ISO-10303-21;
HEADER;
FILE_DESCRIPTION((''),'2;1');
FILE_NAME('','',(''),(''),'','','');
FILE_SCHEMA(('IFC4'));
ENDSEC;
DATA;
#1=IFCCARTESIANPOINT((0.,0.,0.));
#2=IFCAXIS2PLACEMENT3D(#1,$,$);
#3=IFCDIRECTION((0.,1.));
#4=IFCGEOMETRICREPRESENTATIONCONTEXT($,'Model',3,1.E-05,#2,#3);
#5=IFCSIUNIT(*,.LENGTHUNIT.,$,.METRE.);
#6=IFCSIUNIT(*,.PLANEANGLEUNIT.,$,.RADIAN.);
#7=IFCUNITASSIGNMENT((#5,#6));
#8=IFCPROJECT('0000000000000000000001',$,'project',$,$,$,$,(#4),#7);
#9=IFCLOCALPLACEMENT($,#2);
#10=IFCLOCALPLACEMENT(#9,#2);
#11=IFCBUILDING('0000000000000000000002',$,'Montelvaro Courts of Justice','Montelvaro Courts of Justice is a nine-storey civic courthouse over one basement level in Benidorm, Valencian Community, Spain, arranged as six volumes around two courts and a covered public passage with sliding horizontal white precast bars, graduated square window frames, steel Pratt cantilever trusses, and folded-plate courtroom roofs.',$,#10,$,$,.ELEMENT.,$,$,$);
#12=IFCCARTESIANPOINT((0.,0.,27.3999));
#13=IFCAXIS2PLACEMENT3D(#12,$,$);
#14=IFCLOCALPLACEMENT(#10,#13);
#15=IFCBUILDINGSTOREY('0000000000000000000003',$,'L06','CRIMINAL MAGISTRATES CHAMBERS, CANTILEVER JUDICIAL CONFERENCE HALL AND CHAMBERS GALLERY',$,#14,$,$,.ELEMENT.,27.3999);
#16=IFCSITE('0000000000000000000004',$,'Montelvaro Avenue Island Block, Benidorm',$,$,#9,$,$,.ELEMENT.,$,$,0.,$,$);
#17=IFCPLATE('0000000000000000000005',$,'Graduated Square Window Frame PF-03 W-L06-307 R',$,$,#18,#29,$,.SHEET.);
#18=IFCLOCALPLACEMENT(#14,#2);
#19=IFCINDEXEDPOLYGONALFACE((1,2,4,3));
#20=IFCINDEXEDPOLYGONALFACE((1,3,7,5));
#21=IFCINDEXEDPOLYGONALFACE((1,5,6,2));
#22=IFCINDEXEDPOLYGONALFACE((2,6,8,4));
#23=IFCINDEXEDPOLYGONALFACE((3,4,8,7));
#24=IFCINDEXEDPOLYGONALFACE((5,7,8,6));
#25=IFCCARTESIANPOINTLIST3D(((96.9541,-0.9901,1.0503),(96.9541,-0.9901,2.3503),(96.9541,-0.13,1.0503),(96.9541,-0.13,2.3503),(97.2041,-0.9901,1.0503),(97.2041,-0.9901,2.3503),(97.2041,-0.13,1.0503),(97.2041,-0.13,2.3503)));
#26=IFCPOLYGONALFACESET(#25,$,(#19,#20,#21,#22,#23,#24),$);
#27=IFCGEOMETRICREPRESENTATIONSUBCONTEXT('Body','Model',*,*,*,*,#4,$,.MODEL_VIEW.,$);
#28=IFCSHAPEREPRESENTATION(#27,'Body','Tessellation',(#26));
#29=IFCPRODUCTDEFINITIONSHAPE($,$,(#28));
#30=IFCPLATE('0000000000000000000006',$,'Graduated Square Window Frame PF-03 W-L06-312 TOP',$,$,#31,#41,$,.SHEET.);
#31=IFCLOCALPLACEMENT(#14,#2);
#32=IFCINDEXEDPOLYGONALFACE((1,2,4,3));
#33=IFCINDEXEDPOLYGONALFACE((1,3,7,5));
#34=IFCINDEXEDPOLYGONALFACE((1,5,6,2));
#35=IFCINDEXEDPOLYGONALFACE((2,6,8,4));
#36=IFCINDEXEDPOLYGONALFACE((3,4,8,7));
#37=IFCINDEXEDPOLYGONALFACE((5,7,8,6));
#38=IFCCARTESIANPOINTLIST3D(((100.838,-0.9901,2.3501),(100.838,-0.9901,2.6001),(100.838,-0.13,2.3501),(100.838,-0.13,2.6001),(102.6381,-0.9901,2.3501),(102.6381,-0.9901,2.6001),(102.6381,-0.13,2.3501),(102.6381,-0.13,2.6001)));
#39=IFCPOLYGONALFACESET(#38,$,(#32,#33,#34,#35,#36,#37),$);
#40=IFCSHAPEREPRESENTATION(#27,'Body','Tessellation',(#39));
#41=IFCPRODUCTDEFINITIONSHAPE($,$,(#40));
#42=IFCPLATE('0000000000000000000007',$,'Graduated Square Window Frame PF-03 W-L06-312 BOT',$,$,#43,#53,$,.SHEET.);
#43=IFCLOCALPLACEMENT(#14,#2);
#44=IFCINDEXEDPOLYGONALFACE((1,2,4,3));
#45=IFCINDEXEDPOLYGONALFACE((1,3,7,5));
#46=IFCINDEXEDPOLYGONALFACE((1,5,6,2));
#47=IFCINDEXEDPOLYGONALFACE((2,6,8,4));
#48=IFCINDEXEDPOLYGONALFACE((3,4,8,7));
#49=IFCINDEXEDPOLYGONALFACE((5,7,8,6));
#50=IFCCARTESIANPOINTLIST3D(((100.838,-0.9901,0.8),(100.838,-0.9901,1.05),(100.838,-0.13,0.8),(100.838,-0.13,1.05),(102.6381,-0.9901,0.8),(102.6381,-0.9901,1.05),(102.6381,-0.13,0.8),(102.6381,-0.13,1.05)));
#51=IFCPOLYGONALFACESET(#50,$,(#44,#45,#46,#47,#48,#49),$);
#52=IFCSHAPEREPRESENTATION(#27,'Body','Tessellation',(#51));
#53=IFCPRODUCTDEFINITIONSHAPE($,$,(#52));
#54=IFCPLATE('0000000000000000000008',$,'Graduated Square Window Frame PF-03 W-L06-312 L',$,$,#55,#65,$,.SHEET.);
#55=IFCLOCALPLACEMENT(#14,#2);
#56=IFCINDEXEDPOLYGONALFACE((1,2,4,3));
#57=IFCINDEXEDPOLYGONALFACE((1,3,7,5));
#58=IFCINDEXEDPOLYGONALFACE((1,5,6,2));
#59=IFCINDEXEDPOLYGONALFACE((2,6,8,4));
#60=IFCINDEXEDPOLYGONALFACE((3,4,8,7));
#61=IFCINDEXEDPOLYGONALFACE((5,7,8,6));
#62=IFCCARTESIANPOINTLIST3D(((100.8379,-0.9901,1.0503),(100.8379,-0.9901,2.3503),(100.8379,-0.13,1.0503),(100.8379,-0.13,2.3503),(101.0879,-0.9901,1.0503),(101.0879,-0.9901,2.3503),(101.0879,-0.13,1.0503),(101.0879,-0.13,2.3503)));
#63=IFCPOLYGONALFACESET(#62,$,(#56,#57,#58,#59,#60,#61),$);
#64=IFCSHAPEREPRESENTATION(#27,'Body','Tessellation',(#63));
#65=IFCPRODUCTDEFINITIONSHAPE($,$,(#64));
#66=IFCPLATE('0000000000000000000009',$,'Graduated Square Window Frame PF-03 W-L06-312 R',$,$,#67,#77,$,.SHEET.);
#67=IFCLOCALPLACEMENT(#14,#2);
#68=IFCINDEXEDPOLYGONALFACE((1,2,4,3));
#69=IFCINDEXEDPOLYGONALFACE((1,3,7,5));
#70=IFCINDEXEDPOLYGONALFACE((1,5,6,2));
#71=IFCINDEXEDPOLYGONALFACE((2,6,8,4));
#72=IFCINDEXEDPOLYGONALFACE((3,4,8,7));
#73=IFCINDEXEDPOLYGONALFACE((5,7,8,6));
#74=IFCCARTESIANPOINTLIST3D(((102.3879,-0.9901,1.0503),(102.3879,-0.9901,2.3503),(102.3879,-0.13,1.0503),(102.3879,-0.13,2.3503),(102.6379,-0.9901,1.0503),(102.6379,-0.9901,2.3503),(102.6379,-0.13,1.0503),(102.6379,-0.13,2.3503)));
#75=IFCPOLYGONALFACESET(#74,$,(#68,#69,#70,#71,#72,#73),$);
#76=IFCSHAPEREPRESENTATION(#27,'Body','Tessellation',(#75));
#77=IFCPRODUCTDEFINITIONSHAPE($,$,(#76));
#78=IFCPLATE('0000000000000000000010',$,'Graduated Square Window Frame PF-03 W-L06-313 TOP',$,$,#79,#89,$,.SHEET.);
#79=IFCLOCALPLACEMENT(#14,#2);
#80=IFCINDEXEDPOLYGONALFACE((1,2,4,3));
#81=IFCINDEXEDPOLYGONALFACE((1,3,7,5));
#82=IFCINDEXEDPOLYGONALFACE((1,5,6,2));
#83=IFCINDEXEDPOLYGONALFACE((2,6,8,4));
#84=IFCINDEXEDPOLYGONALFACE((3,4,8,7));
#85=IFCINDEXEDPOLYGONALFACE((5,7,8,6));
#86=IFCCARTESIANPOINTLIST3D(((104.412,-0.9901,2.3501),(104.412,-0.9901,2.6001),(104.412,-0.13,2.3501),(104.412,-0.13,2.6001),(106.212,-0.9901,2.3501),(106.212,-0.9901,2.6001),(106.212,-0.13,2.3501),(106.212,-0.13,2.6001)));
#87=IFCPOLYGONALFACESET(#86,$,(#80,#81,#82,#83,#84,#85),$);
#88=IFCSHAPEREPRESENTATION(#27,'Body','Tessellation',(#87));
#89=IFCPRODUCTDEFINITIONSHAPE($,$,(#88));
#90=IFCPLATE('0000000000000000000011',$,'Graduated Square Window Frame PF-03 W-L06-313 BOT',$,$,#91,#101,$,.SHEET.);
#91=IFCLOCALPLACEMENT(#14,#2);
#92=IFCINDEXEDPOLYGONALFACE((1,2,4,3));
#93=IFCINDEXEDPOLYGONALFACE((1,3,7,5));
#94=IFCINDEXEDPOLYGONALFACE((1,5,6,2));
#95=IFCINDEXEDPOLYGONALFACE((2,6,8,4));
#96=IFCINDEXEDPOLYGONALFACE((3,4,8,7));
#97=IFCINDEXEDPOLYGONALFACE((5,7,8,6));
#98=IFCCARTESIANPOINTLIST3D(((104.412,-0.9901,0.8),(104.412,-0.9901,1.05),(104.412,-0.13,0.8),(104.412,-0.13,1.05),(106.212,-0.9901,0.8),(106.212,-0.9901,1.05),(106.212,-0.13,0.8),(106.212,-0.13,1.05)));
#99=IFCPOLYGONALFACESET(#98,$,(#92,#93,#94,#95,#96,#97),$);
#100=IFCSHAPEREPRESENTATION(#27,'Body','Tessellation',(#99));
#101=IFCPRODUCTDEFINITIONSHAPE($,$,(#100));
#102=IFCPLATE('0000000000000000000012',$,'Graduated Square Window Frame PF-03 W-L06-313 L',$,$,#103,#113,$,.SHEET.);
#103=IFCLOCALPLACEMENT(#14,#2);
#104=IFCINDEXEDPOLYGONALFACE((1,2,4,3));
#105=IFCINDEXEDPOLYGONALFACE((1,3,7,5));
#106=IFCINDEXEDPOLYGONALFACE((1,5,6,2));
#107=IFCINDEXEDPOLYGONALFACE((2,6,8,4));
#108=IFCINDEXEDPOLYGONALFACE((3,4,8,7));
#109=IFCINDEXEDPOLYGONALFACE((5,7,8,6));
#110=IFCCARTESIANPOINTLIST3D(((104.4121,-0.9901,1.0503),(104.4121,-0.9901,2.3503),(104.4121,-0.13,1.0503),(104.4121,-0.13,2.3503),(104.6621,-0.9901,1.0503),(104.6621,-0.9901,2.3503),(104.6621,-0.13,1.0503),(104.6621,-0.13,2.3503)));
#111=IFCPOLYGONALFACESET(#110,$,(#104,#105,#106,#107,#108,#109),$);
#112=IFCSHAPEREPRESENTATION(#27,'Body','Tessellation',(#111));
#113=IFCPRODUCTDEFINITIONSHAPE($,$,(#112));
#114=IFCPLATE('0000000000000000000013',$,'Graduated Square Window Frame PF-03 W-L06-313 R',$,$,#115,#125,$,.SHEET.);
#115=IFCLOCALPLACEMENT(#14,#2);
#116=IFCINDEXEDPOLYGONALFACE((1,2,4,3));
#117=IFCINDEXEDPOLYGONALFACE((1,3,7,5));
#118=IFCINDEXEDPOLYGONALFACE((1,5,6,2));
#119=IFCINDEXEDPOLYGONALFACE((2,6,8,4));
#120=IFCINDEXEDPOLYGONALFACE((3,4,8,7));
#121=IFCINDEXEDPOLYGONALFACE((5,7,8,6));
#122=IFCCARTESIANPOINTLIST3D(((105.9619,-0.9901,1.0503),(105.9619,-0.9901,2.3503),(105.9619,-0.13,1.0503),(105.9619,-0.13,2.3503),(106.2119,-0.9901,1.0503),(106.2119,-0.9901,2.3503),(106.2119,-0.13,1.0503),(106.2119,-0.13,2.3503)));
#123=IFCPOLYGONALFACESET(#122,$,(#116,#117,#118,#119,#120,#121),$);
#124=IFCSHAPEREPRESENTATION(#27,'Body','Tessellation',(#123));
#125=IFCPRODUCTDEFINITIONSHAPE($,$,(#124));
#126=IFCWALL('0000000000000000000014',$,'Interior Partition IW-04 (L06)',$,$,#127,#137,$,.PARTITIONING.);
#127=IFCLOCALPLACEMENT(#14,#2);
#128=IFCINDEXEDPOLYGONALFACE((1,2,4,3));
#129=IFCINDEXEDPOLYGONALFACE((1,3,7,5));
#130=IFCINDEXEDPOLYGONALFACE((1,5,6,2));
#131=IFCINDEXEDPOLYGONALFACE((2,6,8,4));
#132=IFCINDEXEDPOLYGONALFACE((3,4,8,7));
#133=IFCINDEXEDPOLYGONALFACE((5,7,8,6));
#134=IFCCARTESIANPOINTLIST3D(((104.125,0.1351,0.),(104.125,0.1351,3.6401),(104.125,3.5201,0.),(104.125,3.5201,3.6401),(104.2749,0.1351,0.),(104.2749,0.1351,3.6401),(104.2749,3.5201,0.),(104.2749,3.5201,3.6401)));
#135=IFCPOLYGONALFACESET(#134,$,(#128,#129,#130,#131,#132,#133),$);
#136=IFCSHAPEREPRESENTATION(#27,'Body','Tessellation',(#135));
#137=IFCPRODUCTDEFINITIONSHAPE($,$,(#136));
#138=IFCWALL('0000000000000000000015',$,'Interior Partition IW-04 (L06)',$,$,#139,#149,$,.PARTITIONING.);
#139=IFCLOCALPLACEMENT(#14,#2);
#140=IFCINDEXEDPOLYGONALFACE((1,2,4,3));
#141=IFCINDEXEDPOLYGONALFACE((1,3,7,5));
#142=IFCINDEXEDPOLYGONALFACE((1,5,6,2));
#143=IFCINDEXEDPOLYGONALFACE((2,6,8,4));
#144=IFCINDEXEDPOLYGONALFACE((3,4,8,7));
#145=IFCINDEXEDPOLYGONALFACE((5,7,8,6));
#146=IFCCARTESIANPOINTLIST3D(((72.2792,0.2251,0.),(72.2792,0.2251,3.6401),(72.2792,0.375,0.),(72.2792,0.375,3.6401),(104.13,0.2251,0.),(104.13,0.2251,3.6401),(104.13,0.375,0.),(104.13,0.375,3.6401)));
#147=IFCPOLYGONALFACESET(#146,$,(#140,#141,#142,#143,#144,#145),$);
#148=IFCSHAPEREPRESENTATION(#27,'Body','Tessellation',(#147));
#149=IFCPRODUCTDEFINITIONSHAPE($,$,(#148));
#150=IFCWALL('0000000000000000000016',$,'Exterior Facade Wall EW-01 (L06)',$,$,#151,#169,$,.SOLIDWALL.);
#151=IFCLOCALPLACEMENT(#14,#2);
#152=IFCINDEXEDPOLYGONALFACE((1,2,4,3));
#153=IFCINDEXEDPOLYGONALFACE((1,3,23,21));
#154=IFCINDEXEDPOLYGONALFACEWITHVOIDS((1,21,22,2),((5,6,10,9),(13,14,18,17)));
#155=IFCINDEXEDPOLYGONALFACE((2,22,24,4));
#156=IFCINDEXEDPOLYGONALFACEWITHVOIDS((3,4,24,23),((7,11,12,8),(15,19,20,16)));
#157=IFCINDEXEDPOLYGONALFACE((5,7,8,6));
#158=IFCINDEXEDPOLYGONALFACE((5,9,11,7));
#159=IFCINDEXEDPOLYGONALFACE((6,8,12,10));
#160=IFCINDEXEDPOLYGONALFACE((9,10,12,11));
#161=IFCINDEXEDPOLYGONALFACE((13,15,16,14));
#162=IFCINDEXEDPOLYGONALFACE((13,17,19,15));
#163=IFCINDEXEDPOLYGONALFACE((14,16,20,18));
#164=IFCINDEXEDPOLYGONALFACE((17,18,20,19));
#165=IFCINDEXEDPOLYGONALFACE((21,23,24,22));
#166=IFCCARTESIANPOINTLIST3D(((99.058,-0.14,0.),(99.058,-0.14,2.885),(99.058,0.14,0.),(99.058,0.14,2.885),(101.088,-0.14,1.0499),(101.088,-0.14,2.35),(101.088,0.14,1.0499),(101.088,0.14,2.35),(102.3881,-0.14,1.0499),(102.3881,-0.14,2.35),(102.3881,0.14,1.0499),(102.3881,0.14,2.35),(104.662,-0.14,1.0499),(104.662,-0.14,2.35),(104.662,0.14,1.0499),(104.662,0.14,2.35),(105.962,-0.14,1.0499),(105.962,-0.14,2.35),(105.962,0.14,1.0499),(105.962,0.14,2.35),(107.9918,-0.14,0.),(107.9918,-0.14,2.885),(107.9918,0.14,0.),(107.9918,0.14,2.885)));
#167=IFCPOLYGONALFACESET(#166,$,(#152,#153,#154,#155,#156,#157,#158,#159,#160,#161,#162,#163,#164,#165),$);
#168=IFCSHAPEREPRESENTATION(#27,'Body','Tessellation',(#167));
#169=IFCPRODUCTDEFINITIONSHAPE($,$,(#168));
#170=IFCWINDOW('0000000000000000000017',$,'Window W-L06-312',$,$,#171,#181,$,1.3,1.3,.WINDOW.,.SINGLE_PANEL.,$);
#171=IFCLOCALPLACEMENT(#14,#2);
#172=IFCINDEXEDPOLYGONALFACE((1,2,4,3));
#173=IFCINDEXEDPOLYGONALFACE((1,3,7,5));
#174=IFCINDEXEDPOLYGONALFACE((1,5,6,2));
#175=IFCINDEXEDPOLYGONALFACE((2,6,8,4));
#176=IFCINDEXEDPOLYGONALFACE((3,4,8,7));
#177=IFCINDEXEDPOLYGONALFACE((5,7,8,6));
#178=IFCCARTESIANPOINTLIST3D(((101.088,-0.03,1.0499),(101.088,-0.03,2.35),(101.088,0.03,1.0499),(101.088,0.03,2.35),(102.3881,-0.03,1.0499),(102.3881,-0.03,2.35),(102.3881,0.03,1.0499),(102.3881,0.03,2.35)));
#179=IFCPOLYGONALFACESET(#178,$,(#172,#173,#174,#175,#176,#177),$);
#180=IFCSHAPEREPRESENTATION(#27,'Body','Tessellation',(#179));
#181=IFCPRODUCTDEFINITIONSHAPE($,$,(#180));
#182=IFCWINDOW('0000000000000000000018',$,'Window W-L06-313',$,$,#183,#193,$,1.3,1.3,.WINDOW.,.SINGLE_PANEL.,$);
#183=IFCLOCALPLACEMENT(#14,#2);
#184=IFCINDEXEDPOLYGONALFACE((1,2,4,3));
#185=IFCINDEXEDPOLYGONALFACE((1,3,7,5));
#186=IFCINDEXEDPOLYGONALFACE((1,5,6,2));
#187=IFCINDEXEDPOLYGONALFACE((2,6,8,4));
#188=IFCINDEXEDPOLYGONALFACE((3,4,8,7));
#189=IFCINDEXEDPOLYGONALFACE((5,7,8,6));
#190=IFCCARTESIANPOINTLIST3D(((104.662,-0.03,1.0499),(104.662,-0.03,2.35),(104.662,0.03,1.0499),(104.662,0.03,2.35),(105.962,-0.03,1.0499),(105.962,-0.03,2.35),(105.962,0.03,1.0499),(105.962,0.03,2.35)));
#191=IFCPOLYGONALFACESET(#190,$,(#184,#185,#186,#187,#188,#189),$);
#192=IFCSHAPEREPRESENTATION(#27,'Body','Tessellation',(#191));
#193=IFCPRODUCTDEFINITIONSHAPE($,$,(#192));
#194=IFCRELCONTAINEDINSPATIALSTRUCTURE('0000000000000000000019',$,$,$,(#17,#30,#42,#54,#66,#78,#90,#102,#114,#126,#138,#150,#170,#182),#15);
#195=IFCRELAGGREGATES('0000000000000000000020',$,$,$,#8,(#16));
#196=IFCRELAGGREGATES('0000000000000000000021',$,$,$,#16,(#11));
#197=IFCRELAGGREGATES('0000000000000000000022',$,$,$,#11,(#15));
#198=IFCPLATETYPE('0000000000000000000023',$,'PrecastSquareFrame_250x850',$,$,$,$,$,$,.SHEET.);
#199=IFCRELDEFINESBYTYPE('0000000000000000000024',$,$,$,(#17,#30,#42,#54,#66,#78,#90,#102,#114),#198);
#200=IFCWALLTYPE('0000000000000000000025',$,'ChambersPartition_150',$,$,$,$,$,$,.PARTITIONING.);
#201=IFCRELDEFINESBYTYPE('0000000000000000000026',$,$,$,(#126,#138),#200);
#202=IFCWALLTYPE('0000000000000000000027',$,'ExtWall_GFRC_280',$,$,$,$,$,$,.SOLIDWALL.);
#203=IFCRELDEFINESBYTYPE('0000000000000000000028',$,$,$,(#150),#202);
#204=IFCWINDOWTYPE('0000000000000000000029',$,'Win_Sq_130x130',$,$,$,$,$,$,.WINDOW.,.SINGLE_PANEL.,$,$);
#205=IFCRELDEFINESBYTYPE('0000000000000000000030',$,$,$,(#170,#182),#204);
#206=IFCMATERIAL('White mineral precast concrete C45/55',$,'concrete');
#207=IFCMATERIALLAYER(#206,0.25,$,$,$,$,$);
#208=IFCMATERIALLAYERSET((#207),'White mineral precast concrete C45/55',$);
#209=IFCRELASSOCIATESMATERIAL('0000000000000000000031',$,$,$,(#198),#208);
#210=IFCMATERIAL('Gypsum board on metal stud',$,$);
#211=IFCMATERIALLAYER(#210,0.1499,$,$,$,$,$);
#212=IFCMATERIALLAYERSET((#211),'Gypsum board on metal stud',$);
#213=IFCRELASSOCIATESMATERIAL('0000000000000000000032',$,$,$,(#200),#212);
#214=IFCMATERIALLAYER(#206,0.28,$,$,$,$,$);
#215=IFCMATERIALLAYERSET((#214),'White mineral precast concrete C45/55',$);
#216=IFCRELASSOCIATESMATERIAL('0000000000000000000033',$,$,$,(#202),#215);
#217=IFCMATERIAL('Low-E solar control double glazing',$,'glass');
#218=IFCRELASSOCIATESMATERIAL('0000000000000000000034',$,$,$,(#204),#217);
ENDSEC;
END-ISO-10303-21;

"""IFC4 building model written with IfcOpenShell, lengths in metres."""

from ifc_helpers import new_model, si_unit, direction, frame, frame_2d, origin, origin_2d, place, context, subcontext, project, spatial, rectangle, extrude, material, layer, layer_set, type_object, element, fill, save


model = new_model("IFC4")

# Units and contexts
model_context = context("Model", 3, precision=1e-05, world=origin(), true_north=direction((0.0, 1.0)))
body_context = subcontext(model_context, "Body", "Model", "MODEL_VIEW")
ifc_project = project(units=[si_unit("LENGTHUNIT", "METRE"), si_unit("PLANEANGLEUNIT", "RADIAN")], contexts=[model_context])

# Site, building, storey
site_placement = place(None, origin())
site = spatial("IfcSite", under=ifc_project, at=site_placement, Name="Montelvaro Avenue Island Block, Benidorm", CompositionType="ELEMENT", RefElevation=0.0)
building_placement = place(site_placement, origin())
building = spatial("IfcBuilding", under=site, at=building_placement, Name="Montelvaro Courts of Justice", Description="Montelvaro Courts of Justice is a nine-storey civic courthouse over one basement level in Benidorm, Valencian Community, Spain, arranged as six volumes around two courts and a covered public passage with sliding horizontal white precast bars, graduated square window frames, steel Pratt cantilever trusses, and folded-plate courtroom roofs.", CompositionType="ELEMENT")
storey_placement = place(building_placement, frame((0.0, 0.0, 27.3999)))
storey = spatial("IfcBuildingStorey", under=building, at=storey_placement, Name="L06", Description="CRIMINAL MAGISTRATES CHAMBERS, CANTILEVER JUDICIAL CONFERENCE HALL AND CHAMBERS GALLERY", CompositionType="ELEMENT", Elevation=27.3999)

# Plates
ifc_material_1 = material(Name="White mineral precast concrete C45/55", Category="concrete")
ifc_layer_1 = layer(ifc_material_1, 0.25)
ifc_layer_set_1 = layer_set([ifc_layer_1], Name="White mineral precast concrete C45/55")
plate_type = type_object("IfcPlateType", Name="PrecastSquareFrame_250x850", PredefinedType="SHEET", material=ifc_layer_set_1)
for number, where, z_axis, x_axis, name in (
    (1, (97.0791, -0.5601, 1.0503), (0.0, 0.0, 1.0), (1.0, 0.0, 0.0), "Graduated Square Window Frame PF-03 W-L06-307 R"),
):
    element("IfcPlate", number, at=place(storey_placement, frame(where, z_axis=z_axis, x_axis=x_axis)), inside=storey, type_object=plate_type, Name=name, PredefinedType="SHEET", context=body_context, shape_type="SweptSolid", body=[
        extrude(rectangle(XDim=0.25, YDim=0.8601, at=origin_2d()), origin(), (0.0, 0.0, 1.0), 1.3),
    ])
for number, where, z_axis, x_axis, name in (
    (2, (101.738, -0.5601, 2.3501), (0.0, 0.0, 1.0), (1.0, 0.0, 0.0), "Graduated Square Window Frame PF-03 W-L06-312 TOP"),
    (3, (101.738, -0.5601, 0.8), (0.0, 0.0, 1.0), (1.0, 0.0, 0.0), "Graduated Square Window Frame PF-03 W-L06-312 BOT"),
):
    element("IfcPlate", number, at=place(storey_placement, frame(where, z_axis=z_axis, x_axis=x_axis)), inside=storey, type_object=plate_type, Name=name, PredefinedType="SHEET", context=body_context, shape_type="SweptSolid", body=[
        extrude(rectangle(XDim=1.8, YDim=0.8601, at=origin_2d()), origin(), (0.0, 0.0, 1.0), 0.25),
    ])
for number, where, z_axis, x_axis, name in (
    (4, (100.9629, -0.5601, 1.0503), (0.0, 0.0, 1.0), (1.0, 0.0, 0.0), "Graduated Square Window Frame PF-03 W-L06-312 L"),
    (5, (102.5129, -0.5601, 1.0503), (0.0, 0.0, 1.0), (1.0, 0.0, 0.0), "Graduated Square Window Frame PF-03 W-L06-312 R"),
):
    element("IfcPlate", number, at=place(storey_placement, frame(where, z_axis=z_axis, x_axis=x_axis)), inside=storey, type_object=plate_type, Name=name, PredefinedType="SHEET", context=body_context, shape_type="SweptSolid", body=[
        extrude(rectangle(XDim=0.25, YDim=0.8601, at=origin_2d()), origin(), (0.0, 0.0, 1.0), 1.3),
    ])
for number, where, z_axis, x_axis, name in (
    (6, (105.312, -0.5601, 2.3501), (0.0, 0.0, 1.0), (1.0, 0.0, 0.0), "Graduated Square Window Frame PF-03 W-L06-313 TOP"),
    (7, (105.312, -0.5601, 0.8), (0.0, 0.0, 1.0), (1.0, 0.0, 0.0), "Graduated Square Window Frame PF-03 W-L06-313 BOT"),
):
    element("IfcPlate", number, at=place(storey_placement, frame(where, z_axis=z_axis, x_axis=x_axis)), inside=storey, type_object=plate_type, Name=name, PredefinedType="SHEET", context=body_context, shape_type="SweptSolid", body=[
        extrude(rectangle(XDim=1.8, YDim=0.8601, at=origin_2d()), origin(), (0.0, 0.0, 1.0), 0.25),
    ])
for number, where, z_axis, x_axis, name in (
    (8, (104.5371, -0.5601, 1.0503), (0.0, 0.0, 1.0), (1.0, 0.0, 0.0), "Graduated Square Window Frame PF-03 W-L06-313 L"),
    (9, (106.0869, -0.5601, 1.0503), (0.0, 0.0, 1.0), (1.0, 0.0, 0.0), "Graduated Square Window Frame PF-03 W-L06-313 R"),
):
    element("IfcPlate", number, at=place(storey_placement, frame(where, z_axis=z_axis, x_axis=x_axis)), inside=storey, type_object=plate_type, Name=name, PredefinedType="SHEET", context=body_context, shape_type="SweptSolid", body=[
        extrude(rectangle(XDim=0.25, YDim=0.8601, at=origin_2d()), origin(), (0.0, 0.0, 1.0), 1.3),
    ])

# Walls
ifc_material_2 = material(Name="Gypsum board on metal stud")
ifc_layer_2 = layer(ifc_material_2, 0.1499)
ifc_layer_set_2 = layer_set([ifc_layer_2], Name="Gypsum board on metal stud")
wall_type_1 = type_object("IfcWallType", Name="ChambersPartition_150", PredefinedType="PARTITIONING", material=ifc_layer_set_2)
wall_1_placement = place(storey_placement, frame((104.2, 3.52, 0.0), z_axis=(0.0, 0.0, 1.0), x_axis=(0.0, -1.0, 0.0)))
element("IfcWall", 10, at=wall_1_placement, inside=storey, type_object=wall_type_1, Name="Interior Partition IW-04 (L06)", PredefinedType="PARTITIONING", context=body_context, shape_type="SweptSolid", body=[
    extrude(rectangle(XDim=3.385, YDim=0.1499, at=frame_2d((1.6924, 0.0))), origin(), (0.0, 0.0, 1.0), 3.6401),
])
wall_2_placement = place(storey_placement, frame((104.1299, 0.3, 0.0), z_axis=(0.0, 0.0, 1.0), x_axis=(-1.0, 0.0, 0.0)))
element("IfcWall", 11, at=wall_2_placement, inside=storey, type_object=wall_type_1, Name="Interior Partition IW-04 (L06)", PredefinedType="PARTITIONING", context=body_context, shape_type="SweptSolid", body=[
    extrude(rectangle(XDim=31.8508, YDim=0.1499, at=frame_2d((15.9253, 0.0))), origin(), (0.0, 0.0, 1.0), 3.6401),
])

# Wall, openings, windows
ifc_layer_3 = layer(ifc_material_1, 0.28)
ifc_layer_set_3 = layer_set([ifc_layer_3], Name="White mineral precast concrete C45/55")
wall_type_2 = type_object("IfcWallType", Name="ExtWall_GFRC_280", PredefinedType="SOLIDWALL", material=ifc_layer_set_3)
wall_3_placement = place(storey_placement, frame((99.0581, 0.0, 0.0), z_axis=(0.0, 0.0, 1.0), x_axis=(1.0, 0.0, 0.0)))
wall_3 = element("IfcWall", 12, at=wall_3_placement, inside=storey, type_object=wall_type_2, Name="Exterior Facade Wall EW-01 (L06)", PredefinedType="SOLIDWALL", context=body_context, shape_type="SweptSolid", body=[
    extrude(rectangle(XDim=8.9338, YDim=0.28, at=frame_2d((4.4668, 0.0))), origin(), (0.0, 0.0, 1.0), 2.885),
])
opening_1_placement = place(wall_3_placement, frame((2.03, 0.0, 1.05)))
opening_1 = element("IfcOpeningElement", 13, at=opening_1_placement, cuts=wall_3, PredefinedType="OPENING", context=body_context, shape_type="SweptSolid", body=[
    extrude(rectangle(XDim=1.3, YDim=1.3, at=frame_2d((0.6499, 0.6499))), frame((0.0, 0.1548, 0.0), z_axis=(0.0, -1.0, 0.0), x_axis=(1.0, 0.0, 0.0)), (0.0, 0.0, 1.0), 0.3098),
])
opening_2_placement = place(wall_3_placement, frame((5.604, 0.0, 1.05)))
opening_2 = element("IfcOpeningElement", 14, at=opening_2_placement, cuts=wall_3, PredefinedType="OPENING", context=body_context, shape_type="SweptSolid", body=[
    extrude(rectangle(XDim=1.3, YDim=1.3, at=frame_2d((0.6499, 0.6499))), frame((0.0, 0.1548, 0.0), z_axis=(0.0, -1.0, 0.0), x_axis=(1.0, 0.0, 0.0)), (0.0, 0.0, 1.0), 0.3098),
])
ifc_material_3 = material(Name="Low-E solar control double glazing", Category="glass")
window_type = type_object("IfcWindowType", Name="Win_Sq_130x130", PartitioningType="SINGLE_PANEL", PredefinedType="WINDOW", material=ifc_material_3)
window_1_placement = place(opening_1_placement, origin())
window_1 = element("IfcWindow", 15, at=window_1_placement, inside=storey, type_object=window_type, Name="Window W-L06-312", OverallHeight=1.3, OverallWidth=1.3, PartitioningType="SINGLE_PANEL", PredefinedType="WINDOW", context=body_context, shape_type="SweptSolid", body=[
    extrude(rectangle(XDim=1.3, YDim=1.3, at=frame_2d((0.6499, 0.6499))), frame((0.0, 0.03, 0.0), z_axis=(0.0, -1.0, 0.0), x_axis=(1.0, 0.0, 0.0)), (0.0, 0.0, 1.0), 0.0601),
])
fill(opening_1, window_1)
window_2_placement = place(opening_2_placement, origin())
window_2 = element("IfcWindow", 16, at=window_2_placement, inside=storey, type_object=window_type, Name="Window W-L06-313", OverallHeight=1.3, OverallWidth=1.3, PartitioningType="SINGLE_PANEL", PredefinedType="WINDOW", context=body_context, shape_type="SweptSolid", body=[
    extrude(rectangle(XDim=1.3, YDim=1.3, at=frame_2d((0.6499, 0.6499))), frame((0.0, 0.03, 0.0), z_axis=(0.0, -1.0, 0.0), x_axis=(1.0, 0.0, 0.0)), (0.0, 0.0, 1.0), 0.0601),
])
fill(opening_2, window_2)

save(model, "model.ifc")
